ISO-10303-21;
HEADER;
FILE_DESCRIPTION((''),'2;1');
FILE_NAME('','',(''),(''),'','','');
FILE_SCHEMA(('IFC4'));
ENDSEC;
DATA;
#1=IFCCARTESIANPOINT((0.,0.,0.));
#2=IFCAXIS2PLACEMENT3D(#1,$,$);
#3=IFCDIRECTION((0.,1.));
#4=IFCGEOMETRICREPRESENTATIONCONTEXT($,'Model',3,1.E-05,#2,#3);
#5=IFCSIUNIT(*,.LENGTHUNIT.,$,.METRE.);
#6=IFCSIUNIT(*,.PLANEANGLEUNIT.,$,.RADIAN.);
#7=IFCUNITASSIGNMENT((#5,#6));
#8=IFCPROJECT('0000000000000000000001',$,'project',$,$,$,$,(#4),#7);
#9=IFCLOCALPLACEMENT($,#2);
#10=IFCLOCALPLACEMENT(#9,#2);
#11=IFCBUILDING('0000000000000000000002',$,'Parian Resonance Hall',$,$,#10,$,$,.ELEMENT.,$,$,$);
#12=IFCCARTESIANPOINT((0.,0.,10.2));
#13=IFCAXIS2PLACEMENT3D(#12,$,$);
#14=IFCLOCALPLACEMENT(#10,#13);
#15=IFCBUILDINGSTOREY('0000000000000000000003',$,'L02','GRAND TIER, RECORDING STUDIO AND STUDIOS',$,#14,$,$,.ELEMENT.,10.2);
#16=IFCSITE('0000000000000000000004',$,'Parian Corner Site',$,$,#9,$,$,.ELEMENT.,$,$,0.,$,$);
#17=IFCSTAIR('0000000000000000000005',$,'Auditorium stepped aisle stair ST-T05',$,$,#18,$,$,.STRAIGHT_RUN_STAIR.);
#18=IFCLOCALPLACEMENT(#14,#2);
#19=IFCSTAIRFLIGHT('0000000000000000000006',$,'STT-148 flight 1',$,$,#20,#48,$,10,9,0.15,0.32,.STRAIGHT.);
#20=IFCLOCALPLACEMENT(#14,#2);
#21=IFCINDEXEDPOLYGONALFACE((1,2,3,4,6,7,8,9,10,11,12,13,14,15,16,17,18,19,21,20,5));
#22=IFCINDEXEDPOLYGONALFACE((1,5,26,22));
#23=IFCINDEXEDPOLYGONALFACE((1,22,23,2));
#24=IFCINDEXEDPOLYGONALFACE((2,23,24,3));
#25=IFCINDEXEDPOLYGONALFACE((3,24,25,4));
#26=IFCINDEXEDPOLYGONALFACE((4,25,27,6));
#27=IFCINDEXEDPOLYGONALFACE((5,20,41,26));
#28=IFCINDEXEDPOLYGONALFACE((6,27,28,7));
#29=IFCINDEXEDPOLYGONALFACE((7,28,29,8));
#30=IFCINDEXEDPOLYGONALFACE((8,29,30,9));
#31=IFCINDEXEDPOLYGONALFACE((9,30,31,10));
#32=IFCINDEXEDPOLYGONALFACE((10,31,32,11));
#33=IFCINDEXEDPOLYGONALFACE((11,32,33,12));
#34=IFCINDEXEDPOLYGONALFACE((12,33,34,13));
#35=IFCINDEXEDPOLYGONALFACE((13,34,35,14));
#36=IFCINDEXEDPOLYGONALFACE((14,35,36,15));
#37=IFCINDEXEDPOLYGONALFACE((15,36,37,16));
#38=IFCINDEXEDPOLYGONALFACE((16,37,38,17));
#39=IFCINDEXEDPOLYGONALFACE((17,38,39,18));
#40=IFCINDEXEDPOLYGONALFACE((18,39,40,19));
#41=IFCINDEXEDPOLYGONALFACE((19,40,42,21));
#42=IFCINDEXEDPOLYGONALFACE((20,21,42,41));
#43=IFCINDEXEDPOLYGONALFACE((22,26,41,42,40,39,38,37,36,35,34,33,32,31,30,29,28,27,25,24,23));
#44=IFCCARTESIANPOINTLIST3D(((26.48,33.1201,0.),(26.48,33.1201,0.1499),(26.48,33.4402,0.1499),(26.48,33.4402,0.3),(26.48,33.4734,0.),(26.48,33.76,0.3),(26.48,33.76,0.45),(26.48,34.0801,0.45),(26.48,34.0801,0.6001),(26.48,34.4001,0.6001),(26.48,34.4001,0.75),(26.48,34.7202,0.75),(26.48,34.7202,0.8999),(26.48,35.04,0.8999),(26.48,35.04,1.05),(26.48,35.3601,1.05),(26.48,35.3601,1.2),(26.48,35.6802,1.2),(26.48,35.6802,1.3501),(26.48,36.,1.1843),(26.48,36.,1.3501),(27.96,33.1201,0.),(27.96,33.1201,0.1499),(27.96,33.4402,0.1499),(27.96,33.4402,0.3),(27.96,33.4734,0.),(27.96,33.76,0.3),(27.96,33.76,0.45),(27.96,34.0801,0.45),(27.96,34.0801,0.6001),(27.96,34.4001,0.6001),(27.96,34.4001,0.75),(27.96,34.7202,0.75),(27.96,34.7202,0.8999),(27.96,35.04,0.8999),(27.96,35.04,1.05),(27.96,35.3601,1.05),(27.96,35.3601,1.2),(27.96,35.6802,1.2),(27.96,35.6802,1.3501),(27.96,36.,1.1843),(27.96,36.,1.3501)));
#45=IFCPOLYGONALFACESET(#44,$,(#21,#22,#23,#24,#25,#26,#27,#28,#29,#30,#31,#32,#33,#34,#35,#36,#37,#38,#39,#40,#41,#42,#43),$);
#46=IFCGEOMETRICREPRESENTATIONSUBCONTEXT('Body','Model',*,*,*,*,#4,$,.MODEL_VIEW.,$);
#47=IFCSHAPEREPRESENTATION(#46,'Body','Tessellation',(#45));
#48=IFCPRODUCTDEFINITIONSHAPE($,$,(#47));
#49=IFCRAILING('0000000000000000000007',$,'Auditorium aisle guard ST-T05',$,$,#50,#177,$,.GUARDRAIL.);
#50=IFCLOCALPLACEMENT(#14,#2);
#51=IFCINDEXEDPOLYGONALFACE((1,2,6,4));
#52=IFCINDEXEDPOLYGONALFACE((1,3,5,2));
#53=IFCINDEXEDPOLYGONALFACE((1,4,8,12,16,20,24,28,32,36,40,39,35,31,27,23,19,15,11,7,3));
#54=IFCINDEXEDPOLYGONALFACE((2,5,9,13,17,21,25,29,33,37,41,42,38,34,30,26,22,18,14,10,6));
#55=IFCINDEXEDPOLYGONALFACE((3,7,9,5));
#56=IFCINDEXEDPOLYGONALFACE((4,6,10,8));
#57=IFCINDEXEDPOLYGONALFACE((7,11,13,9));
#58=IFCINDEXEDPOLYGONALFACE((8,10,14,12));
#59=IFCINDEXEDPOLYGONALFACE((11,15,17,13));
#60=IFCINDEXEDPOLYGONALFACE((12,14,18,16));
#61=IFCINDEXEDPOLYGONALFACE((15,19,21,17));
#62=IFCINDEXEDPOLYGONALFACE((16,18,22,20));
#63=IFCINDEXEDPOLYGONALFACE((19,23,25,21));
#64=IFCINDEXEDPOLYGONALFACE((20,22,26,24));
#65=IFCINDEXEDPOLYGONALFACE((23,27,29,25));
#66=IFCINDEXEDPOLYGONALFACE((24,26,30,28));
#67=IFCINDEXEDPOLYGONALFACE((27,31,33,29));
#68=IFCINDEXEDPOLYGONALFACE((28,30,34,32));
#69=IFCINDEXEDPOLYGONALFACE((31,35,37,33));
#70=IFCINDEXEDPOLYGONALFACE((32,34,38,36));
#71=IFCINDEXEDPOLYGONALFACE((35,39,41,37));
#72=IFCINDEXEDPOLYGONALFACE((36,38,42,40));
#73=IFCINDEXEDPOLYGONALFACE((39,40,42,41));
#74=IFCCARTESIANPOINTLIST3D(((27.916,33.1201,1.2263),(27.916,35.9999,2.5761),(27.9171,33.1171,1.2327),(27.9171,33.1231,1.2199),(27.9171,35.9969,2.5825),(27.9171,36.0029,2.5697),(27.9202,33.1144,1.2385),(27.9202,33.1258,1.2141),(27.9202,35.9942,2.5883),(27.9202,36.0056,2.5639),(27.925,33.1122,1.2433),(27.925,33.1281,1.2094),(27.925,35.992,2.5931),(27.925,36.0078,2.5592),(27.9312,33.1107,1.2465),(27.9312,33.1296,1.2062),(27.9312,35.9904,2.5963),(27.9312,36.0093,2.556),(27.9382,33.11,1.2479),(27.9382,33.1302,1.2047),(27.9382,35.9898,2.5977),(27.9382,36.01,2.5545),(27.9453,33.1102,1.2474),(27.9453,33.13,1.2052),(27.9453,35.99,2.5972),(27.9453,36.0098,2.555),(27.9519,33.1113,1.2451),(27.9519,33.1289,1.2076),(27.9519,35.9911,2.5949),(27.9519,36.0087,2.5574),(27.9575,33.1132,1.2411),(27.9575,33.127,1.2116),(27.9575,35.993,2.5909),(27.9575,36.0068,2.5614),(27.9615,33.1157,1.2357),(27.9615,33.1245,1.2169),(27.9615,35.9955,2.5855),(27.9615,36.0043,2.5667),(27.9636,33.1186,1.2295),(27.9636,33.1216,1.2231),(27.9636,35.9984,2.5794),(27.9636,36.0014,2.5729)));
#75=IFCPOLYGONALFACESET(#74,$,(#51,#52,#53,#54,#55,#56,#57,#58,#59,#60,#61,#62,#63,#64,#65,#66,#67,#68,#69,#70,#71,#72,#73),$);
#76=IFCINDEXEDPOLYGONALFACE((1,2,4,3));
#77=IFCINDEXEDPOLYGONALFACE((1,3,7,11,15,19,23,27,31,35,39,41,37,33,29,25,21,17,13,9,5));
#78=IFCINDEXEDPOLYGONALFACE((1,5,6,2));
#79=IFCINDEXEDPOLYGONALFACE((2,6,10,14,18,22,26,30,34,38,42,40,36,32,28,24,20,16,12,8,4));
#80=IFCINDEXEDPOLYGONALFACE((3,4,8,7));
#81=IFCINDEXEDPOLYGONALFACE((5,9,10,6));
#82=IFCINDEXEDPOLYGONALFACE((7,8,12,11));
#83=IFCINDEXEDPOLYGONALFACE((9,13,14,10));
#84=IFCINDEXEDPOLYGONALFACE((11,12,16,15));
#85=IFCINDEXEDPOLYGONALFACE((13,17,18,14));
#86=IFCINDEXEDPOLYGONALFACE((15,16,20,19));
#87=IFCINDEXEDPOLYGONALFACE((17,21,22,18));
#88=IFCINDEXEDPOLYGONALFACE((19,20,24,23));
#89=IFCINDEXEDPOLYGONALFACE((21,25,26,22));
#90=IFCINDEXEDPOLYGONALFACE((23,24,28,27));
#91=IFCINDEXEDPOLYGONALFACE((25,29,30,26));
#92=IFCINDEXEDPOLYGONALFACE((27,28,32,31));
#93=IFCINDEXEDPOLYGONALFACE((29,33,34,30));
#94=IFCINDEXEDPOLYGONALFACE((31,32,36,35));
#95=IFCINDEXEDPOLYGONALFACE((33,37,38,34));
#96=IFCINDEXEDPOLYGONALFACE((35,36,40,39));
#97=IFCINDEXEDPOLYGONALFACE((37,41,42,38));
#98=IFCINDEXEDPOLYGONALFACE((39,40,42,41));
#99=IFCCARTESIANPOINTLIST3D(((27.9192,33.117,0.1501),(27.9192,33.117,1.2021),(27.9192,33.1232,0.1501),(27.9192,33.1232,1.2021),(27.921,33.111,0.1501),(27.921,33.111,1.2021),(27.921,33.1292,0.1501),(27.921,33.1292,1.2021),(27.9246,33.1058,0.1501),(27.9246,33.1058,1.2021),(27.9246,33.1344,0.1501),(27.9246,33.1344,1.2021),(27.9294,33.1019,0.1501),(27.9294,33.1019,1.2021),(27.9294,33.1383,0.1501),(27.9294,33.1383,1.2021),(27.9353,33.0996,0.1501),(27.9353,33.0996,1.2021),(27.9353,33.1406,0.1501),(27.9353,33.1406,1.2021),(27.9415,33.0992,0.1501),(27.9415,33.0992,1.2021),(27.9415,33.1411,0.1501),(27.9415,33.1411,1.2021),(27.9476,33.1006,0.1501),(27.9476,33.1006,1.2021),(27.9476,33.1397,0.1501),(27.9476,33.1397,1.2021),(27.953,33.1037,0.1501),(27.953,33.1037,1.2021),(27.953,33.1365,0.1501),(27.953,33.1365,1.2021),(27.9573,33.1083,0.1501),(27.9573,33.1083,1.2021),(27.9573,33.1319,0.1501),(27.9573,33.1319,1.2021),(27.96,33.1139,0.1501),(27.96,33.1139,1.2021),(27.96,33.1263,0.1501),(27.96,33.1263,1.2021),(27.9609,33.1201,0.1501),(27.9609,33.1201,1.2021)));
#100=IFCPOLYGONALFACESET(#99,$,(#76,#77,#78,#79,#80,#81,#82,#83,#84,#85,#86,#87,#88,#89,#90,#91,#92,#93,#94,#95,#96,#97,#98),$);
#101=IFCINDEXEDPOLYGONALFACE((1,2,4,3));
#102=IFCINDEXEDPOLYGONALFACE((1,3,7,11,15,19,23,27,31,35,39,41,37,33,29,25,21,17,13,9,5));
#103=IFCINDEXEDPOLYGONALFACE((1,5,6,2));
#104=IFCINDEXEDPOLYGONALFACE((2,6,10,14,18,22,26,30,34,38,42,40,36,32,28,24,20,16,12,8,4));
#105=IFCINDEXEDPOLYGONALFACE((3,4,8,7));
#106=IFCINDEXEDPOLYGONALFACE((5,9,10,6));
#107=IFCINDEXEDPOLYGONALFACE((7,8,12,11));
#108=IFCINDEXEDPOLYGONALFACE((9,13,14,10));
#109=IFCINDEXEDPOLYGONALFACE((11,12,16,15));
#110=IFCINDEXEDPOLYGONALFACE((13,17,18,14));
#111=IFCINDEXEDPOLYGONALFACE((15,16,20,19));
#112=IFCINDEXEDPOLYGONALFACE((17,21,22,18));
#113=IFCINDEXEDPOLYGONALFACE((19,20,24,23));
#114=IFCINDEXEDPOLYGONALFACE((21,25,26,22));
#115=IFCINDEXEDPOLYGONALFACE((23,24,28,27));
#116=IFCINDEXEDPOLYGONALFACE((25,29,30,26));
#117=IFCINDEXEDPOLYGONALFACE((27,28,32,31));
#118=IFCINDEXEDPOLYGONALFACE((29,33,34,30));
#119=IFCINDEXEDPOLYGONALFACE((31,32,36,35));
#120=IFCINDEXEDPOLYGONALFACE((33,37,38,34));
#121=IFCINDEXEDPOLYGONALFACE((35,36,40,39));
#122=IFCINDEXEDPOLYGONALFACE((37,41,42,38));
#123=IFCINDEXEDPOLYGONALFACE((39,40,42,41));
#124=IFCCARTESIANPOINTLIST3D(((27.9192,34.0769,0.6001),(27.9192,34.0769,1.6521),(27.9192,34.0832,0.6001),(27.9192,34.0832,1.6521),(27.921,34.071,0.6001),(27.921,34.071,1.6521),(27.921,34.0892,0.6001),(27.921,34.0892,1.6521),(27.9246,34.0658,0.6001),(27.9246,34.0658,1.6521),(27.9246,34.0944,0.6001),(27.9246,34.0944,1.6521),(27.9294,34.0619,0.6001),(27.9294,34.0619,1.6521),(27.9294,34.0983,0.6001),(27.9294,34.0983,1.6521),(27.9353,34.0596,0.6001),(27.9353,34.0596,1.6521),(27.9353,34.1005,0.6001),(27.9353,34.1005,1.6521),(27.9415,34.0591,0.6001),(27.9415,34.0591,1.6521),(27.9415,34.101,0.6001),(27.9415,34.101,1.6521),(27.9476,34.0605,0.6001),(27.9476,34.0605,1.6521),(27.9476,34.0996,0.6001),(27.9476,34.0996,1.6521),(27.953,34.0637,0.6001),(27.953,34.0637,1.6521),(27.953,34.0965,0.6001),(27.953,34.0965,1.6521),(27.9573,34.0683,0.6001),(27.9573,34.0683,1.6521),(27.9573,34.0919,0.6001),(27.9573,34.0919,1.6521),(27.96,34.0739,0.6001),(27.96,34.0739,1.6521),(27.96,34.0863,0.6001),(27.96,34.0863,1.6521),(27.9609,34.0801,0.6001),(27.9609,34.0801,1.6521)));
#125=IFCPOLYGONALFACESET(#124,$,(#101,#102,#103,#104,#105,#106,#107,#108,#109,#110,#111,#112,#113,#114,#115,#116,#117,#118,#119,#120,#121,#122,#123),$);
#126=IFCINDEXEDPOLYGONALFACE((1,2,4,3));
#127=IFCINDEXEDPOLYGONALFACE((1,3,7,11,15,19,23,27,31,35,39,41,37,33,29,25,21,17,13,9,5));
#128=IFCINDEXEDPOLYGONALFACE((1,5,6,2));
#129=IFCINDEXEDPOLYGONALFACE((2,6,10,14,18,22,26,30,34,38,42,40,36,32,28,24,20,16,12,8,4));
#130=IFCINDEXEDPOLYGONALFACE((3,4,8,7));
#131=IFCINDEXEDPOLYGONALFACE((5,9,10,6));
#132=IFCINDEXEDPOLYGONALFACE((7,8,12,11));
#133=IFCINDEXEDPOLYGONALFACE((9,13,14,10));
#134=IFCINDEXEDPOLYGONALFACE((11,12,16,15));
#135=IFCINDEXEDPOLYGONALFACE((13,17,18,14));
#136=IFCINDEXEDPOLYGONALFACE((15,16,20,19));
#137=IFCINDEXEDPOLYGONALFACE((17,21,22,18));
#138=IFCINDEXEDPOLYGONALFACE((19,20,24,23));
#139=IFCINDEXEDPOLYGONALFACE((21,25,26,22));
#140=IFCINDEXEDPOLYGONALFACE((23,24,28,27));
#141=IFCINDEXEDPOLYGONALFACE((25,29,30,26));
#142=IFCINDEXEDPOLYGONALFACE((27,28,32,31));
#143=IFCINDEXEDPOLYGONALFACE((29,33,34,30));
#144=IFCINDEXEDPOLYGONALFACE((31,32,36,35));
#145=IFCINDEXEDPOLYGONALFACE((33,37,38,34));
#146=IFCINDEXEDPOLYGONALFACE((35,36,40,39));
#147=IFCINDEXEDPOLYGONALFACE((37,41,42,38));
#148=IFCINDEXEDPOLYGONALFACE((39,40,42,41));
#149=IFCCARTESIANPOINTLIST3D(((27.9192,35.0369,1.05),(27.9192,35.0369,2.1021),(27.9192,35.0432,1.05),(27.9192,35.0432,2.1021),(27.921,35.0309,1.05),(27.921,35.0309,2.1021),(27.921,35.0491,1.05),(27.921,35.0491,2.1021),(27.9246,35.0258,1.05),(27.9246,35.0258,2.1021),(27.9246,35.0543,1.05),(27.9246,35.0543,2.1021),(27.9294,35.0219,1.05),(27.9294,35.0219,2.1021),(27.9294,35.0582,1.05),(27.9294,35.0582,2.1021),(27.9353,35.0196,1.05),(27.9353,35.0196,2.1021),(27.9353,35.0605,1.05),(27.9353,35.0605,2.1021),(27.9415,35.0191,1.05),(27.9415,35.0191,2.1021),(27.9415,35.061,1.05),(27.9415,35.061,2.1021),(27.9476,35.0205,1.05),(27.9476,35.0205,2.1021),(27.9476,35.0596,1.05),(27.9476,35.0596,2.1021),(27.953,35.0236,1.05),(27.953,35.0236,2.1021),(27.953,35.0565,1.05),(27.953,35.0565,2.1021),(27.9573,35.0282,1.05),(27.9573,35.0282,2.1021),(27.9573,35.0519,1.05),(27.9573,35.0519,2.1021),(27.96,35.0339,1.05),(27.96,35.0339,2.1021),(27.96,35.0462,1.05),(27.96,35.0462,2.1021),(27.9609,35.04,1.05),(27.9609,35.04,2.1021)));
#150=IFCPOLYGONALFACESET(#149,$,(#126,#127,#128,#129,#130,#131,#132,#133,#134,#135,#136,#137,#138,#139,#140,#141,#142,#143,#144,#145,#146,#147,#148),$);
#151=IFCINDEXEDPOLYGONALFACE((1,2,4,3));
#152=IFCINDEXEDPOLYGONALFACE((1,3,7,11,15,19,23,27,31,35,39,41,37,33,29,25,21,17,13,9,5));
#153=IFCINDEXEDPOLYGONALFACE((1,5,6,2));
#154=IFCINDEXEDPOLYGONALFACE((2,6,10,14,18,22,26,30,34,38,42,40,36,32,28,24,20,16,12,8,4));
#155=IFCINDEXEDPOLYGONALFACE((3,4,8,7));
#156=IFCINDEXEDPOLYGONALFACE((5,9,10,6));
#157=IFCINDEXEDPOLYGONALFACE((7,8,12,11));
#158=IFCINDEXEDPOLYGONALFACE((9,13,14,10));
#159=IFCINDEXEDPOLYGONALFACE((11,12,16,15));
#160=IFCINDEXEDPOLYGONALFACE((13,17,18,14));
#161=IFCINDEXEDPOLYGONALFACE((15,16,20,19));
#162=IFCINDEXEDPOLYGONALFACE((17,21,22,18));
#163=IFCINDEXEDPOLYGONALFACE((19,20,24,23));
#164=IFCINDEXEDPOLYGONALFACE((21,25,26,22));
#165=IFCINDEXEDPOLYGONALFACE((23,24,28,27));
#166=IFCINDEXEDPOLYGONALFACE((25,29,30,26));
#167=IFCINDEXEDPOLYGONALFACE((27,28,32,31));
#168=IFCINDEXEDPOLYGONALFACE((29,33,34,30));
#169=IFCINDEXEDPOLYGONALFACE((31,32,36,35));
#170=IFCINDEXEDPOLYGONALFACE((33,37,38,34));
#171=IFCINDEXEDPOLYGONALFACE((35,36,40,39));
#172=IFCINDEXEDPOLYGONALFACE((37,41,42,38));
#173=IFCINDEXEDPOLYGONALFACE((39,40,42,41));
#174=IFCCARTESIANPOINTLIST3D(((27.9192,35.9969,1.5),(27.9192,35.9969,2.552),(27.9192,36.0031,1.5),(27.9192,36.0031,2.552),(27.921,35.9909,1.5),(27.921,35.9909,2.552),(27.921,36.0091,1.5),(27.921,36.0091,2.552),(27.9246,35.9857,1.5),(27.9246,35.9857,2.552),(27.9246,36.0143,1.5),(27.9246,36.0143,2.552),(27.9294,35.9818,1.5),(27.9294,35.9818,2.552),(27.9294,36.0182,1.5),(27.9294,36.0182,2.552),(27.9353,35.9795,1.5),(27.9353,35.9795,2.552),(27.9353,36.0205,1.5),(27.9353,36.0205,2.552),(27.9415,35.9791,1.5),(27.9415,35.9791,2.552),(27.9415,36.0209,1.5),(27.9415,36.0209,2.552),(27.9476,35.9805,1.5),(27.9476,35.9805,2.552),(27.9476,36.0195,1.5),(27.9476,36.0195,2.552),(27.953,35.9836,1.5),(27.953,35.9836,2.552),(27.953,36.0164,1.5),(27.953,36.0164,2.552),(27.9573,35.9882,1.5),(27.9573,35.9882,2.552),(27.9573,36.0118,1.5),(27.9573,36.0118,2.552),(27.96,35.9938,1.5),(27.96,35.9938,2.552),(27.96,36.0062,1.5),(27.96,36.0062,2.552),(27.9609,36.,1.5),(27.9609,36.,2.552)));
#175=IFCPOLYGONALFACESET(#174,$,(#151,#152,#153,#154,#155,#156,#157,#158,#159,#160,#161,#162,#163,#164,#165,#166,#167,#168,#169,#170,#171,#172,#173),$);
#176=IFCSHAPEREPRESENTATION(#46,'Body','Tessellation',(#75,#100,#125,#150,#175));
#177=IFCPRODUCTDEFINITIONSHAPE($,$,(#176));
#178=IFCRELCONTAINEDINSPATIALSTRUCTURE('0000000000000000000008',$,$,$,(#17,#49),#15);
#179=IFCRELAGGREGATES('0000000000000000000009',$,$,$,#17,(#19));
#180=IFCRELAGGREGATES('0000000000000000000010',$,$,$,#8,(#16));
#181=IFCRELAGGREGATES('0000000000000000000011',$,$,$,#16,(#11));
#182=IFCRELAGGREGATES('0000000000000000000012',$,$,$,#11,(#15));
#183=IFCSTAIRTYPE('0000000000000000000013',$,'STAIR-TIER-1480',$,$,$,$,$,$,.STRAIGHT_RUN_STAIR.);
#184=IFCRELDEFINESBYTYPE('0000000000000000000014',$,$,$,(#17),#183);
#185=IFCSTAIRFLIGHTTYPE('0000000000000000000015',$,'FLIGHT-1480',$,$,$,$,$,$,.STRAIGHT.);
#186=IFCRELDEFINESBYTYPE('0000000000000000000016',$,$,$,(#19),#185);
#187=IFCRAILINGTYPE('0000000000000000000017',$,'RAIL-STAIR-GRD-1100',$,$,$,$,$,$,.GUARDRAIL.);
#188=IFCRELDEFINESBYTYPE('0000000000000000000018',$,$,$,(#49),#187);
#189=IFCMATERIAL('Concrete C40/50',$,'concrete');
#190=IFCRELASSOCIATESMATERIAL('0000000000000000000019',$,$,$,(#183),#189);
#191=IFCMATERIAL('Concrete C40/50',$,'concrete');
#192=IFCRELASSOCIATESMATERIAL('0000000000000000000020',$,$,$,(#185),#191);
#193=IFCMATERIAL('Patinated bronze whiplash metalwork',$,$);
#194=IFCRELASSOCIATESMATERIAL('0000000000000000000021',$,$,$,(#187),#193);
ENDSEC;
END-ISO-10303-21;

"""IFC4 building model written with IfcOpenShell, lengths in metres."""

from ifc_helpers import new_model, si_unit, direction, frame, origin, origin_2d, place, context, subcontext, project, spatial, polyline, circle, outline, extrude, material, type_object, element, aggregate, save


model = new_model("IFC4")

# Units and contexts
model_context = context("Model", 3, precision=1e-05, world=origin(), true_north=direction((0.0, 1.0)))
body_context = subcontext(model_context, "Body", "Model", "MODEL_VIEW")
ifc_project = project(units=[si_unit("LENGTHUNIT", "METRE"), si_unit("PLANEANGLEUNIT", "RADIAN")], contexts=[model_context])

# Site, building, storey
site_placement = place(None, origin())
site = spatial("IfcSite", under=ifc_project, at=site_placement, Name="Parian Corner Site", CompositionType="ELEMENT", RefElevation=0.0)
building_placement = place(site_placement, origin())
building = spatial("IfcBuilding", under=site, at=building_placement, Name="Parian Resonance Hall", CompositionType="ELEMENT")
storey_placement = place(building_placement, frame((0.0, 0.0, 10.2)))
storey = spatial("IfcBuildingStorey", under=building, at=storey_placement, Name="L02", Description="GRAND TIER, RECORDING STUDIO AND STUDIOS", CompositionType="ELEMENT", Elevation=10.2)

# Stair, stair flight
ifc_material_1 = material(Name="Concrete C40/50", Category="concrete")
stair_type = type_object("IfcStairType", Name="STAIR-TIER-1480", PredefinedType="STRAIGHT_RUN_STAIR", material=ifc_material_1)
stair_placement = place(storey_placement, origin())
stair = element("IfcStair", 1, at=stair_placement, inside=storey, type_object=stair_type, Name="Auditorium stepped aisle stair ST-T05", PredefinedType="STRAIGHT_RUN_STAIR")
ifc_material_2 = material(Name="Concrete C40/50", Category="concrete")
stair_flight_type = type_object("IfcStairFlightType", Name="FLIGHT-1480", PredefinedType="STRAIGHT", material=ifc_material_2)
stair_flight_placement = place(storey_placement, frame((27.22, 33.1201, 0.0), z_axis=(0.0, 0.0, 1.0), x_axis=(0.0, 1.0, 0.0)))
stair_flight = element("IfcStairFlight", 2, at=stair_flight_placement, type_object=stair_flight_type, Name="STT-148 flight 1", NumberOfRisers=10, NumberOfTreads=9, PredefinedType="STRAIGHT", RiserHeight=0.15, TreadLength=0.32, context=body_context, shape_type="SweptSolid", body=[
    extrude(outline(polyline([(0.0, 0.0), (0.0, 0.1499), (0.3201, 0.1499), (0.3201, 0.3), (0.6399, 0.3), (0.6399, 0.45), (0.96, 0.45), (0.96, 0.6001), (1.28, 0.6001), (1.28, 0.75), (1.6001, 0.75), (1.6001, 0.8999), (1.9199, 0.8999), (1.9199, 1.05), (2.24, 1.05), (2.24, 1.2), (2.5601, 1.2), (2.5601, 1.3501), (2.8799, 1.3501), (2.8799, 1.5), (2.8799, 1.1843), (0.3533, 0.0), (0.0, 0.0)])), frame((0.0, 0.74, 0.0), z_axis=(0.0, -1.0, 0.0), x_axis=(1.0, 0.0, 0.0)), (0.0, 0.0, 1.0), 1.48),
])
aggregate(stair, [stair_flight])

# Railing
ifc_material_3 = material(Name="Patinated bronze whiplash metalwork")
railing_type_1 = type_object("IfcRailingType", Name="RAIL-STAIR-GRD-1100", PredefinedType="GUARDRAIL", material=ifc_material_3)
railing_1_placement = place(storey_placement, frame((27.9399, 33.1201, 0.1501)))
element("IfcRailing", 3, at=railing_1_placement, inside=storey, type_object=railing_type_1, Name="Auditorium aisle guard ST-T05", PredefinedType="GUARDRAIL", context=body_context, shape_type="SweptSolid", body=[
    extrude(circle(Radius=0.0239, at=origin_2d()), frame((0.0, 0.0, 1.0762), z_axis=(0.0, 0.90547, 0.42441), x_axis=(-1.0, 0.0, 0.0)), (0.0, 0.0, 1.0), 3.1804),
    extrude(circle(Radius=0.021, at=origin_2d()), origin(), (0.0, 0.0, 1.0), 1.052),
    extrude(circle(Radius=0.021, at=origin_2d()), frame((0.0, 0.96, 0.45)), (0.0, 0.0, 1.0), 1.052),
    extrude(circle(Radius=0.021, at=origin_2d()), frame((0.0, 1.9199, 0.8999)), (0.0, 0.0, 1.0), 1.052),
    extrude(circle(Radius=0.021, at=origin_2d()), frame((0.0, 2.8799, 1.3499)), (0.0, 0.0, 1.0), 1.052),
])

save(model, "model.ifc")
